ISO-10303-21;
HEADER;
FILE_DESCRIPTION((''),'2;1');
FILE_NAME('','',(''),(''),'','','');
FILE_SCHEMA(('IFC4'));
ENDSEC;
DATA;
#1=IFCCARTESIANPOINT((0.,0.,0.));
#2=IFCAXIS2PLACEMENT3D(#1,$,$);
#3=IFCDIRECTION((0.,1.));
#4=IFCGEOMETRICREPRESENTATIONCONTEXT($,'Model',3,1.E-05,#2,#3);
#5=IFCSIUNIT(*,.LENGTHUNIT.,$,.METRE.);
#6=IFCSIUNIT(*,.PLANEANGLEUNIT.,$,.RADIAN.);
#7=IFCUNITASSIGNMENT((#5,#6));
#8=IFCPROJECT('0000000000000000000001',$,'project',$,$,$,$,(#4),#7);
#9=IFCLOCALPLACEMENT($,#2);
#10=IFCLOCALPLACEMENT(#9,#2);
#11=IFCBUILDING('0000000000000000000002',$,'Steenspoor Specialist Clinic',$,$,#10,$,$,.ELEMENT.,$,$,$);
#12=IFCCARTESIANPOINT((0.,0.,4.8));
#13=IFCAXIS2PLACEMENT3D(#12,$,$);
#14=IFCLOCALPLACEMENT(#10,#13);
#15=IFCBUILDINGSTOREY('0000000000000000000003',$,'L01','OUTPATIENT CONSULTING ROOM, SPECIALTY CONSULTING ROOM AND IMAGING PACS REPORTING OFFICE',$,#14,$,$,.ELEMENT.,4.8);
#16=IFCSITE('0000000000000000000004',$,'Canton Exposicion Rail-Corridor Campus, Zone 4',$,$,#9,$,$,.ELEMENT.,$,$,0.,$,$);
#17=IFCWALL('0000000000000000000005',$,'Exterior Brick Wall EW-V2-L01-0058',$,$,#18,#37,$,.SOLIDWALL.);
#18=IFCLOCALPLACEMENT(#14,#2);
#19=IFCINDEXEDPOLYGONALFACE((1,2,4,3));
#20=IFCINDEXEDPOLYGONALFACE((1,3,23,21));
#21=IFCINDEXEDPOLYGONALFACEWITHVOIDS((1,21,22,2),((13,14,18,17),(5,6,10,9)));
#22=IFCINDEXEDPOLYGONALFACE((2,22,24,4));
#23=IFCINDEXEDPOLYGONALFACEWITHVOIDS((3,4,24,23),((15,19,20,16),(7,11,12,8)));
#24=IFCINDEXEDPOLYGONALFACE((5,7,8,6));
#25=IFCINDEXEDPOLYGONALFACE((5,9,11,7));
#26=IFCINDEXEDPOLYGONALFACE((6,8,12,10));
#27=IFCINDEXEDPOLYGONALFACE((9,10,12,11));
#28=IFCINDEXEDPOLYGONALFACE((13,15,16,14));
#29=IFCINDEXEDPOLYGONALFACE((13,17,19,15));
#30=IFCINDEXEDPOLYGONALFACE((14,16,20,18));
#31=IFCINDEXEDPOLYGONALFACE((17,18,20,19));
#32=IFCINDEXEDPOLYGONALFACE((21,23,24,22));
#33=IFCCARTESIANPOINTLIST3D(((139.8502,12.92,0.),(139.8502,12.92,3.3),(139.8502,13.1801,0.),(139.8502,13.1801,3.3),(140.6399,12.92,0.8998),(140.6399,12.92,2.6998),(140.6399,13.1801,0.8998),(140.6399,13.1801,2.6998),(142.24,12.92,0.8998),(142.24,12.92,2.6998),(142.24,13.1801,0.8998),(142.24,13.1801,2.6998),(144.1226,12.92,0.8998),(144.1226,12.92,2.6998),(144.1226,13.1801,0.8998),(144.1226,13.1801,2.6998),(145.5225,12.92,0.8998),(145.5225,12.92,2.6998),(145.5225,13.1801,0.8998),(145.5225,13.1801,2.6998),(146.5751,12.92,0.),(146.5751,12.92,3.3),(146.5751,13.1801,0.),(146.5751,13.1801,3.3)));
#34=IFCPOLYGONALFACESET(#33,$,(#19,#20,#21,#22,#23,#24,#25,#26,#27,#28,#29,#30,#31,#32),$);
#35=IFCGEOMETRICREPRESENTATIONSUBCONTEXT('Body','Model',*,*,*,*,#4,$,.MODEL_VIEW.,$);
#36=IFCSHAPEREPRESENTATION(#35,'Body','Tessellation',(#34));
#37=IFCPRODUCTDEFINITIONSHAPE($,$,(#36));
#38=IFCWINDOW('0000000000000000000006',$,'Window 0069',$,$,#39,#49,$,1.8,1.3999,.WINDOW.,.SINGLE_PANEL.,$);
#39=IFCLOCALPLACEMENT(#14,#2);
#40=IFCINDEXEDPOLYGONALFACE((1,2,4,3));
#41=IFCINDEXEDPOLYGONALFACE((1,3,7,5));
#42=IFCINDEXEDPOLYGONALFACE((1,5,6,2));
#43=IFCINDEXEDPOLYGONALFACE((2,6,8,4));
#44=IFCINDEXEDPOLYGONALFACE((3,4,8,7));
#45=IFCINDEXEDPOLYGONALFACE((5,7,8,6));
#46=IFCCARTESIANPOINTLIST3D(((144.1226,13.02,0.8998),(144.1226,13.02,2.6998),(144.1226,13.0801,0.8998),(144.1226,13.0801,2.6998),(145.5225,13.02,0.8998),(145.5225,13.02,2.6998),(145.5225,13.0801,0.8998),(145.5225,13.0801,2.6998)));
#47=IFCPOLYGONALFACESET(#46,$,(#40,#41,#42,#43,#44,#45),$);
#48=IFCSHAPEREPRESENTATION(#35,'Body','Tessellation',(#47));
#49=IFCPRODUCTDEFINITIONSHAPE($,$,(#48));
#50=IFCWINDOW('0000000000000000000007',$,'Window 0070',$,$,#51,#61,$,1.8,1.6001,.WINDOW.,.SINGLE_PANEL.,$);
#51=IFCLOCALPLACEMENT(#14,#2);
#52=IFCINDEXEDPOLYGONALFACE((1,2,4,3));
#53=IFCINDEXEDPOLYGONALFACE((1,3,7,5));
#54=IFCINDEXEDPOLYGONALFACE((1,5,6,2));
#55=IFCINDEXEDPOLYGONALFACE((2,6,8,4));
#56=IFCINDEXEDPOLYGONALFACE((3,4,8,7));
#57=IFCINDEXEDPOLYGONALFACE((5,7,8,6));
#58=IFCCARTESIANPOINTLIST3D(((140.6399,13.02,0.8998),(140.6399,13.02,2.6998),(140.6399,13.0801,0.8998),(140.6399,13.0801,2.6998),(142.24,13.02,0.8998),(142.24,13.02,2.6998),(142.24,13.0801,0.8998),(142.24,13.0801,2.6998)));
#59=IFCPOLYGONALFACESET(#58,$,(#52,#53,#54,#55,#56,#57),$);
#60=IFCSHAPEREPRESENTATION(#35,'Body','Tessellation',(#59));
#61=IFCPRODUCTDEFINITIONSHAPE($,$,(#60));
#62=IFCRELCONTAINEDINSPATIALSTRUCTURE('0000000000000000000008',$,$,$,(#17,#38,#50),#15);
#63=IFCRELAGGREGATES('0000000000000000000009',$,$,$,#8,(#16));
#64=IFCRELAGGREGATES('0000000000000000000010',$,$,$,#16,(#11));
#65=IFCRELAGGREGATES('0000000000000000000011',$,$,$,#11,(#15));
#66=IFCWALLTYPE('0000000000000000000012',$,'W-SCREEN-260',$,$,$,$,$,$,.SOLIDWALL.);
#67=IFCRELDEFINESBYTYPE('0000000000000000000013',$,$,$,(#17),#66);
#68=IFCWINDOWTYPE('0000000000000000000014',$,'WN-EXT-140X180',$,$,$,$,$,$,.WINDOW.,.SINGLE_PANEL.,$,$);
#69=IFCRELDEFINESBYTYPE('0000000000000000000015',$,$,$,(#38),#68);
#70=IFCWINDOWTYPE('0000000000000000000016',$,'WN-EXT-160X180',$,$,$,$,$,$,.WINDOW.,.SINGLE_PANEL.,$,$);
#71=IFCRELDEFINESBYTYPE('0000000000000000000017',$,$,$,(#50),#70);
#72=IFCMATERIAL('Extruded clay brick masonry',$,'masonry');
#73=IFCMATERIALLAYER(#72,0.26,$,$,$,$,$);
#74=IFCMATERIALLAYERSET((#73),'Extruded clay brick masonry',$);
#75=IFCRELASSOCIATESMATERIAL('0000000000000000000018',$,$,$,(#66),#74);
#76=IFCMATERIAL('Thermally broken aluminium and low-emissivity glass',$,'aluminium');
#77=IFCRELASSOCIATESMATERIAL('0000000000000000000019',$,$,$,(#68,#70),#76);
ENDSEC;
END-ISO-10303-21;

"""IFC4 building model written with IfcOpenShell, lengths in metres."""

from ifc_helpers import new_model, si_unit, direction, frame, frame_2d, origin, place, context, subcontext, project, spatial, rectangle, extrude, material, layer, layer_set, type_object, element, fill, save


model = new_model("IFC4")

# Units and contexts
model_context = context("Model", 3, precision=1e-05, world=origin(), true_north=direction((0.0, 1.0)))
body_context = subcontext(model_context, "Body", "Model", "MODEL_VIEW")
ifc_project = project(units=[si_unit("LENGTHUNIT", "METRE"), si_unit("PLANEANGLEUNIT", "RADIAN")], contexts=[model_context])

# Site, building, storey
site_placement = place(None, origin())
site = spatial("IfcSite", under=ifc_project, at=site_placement, Name="Canton Exposicion Rail-Corridor Campus, Zone 4", CompositionType="ELEMENT", RefElevation=0.0)
building_placement = place(site_placement, origin())
building = spatial("IfcBuilding", under=site, at=building_placement, Name="Steenspoor Specialist Clinic", CompositionType="ELEMENT")
storey_placement = place(building_placement, frame((0.0, 0.0, 4.8)))
storey = spatial("IfcBuildingStorey", under=building, at=storey_placement, Name="L01", Description="OUTPATIENT CONSULTING ROOM, SPECIALTY CONSULTING ROOM AND IMAGING PACS REPORTING OFFICE", CompositionType="ELEMENT", Elevation=4.8)

# Shared definitions
ifc_material_1 = material(Name="Thermally broken aluminium and low-emissivity glass", Category="aluminium")

# Wall, openings, windows
ifc_material_2 = material(Name="Extruded clay brick masonry", Category="masonry")
ifc_layer_1 = layer(ifc_material_2, 0.26)
ifc_layer_set_1 = layer_set([ifc_layer_1], Name="Extruded clay brick masonry")
wall_type_1 = type_object("IfcWallType", Name="W-SCREEN-260", PredefinedType="SOLIDWALL", material=ifc_layer_set_1)
wall_1_placement = place(storey_placement, frame((146.575, 13.05, 0.0), z_axis=(0.0, 0.0, 1.0), x_axis=(-1.0, 0.0, 0.0)))
wall_1 = element("IfcWall", 1, at=wall_1_placement, inside=storey, type_object=wall_type_1, Name="Exterior Brick Wall EW-V2-L01-0058", PredefinedType="SOLIDWALL", context=body_context, shape_type="SweptSolid", body=[
    extrude(rectangle(XDim=6.7249, YDim=0.26, at=frame_2d((3.3623, 0.0))), origin(), (0.0, 0.0, 1.0), 3.3),
])
opening_1_placement = place(wall_1_placement, frame((1.0525, 0.0, 0.8999)))
opening_1 = element("IfcOpeningElement", 2, at=opening_1_placement, cuts=wall_1, PredefinedType="OPENING", context=body_context, shape_type="SweptSolid", body=[
    extrude(rectangle(XDim=1.3999, YDim=1.8, at=frame_2d((0.7, 0.8999))), frame((0.0, 0.1401, 0.0), z_axis=(0.0, -1.0, 0.0), x_axis=(1.0, 0.0, 0.0)), (0.0, 0.0, 1.0), 0.28),
])
opening_2_placement = place(wall_1_placement, frame((4.335, 0.0, 0.8999)))
opening_2 = element("IfcOpeningElement", 3, at=opening_2_placement, cuts=wall_1, PredefinedType="OPENING", context=body_context, shape_type="SweptSolid", body=[
    extrude(rectangle(XDim=1.6001, YDim=1.8, at=frame_2d((0.8, 0.8999))), frame((0.0, 0.1401, 0.0), z_axis=(0.0, -1.0, 0.0), x_axis=(1.0, 0.0, 0.0)), (0.0, 0.0, 1.0), 0.28),
])
window_type_1 = type_object("IfcWindowType", Name="WN-EXT-140X180", PartitioningType="SINGLE_PANEL", PredefinedType="WINDOW", material=ifc_material_1)
window_1_placement = place(opening_1_placement, origin())
window_1 = element("IfcWindow", 4, at=window_1_placement, inside=storey, type_object=window_type_1, Name="Window 0069", OverallHeight=1.8, OverallWidth=1.3999, PartitioningType="SINGLE_PANEL", PredefinedType="WINDOW", context=body_context, shape_type="SweptSolid", body=[
    extrude(rectangle(XDim=1.3999, YDim=1.8, at=frame_2d((0.7, 0.8999))), frame((0.0, 0.03, 0.0), z_axis=(0.0, -1.0, 0.0), x_axis=(1.0, 0.0, 0.0)), (0.0, 0.0, 1.0), 0.0601),
])
fill(opening_1, window_1)
window_type_2 = type_object("IfcWindowType", Name="WN-EXT-160X180", PartitioningType="SINGLE_PANEL", PredefinedType="WINDOW", material=ifc_material_1)
window_2_placement = place(opening_2_placement, origin())
window_2 = element("IfcWindow", 5, at=window_2_placement, inside=storey, type_object=window_type_2, Name="Window 0070", OverallHeight=1.8, OverallWidth=1.6001, PartitioningType="SINGLE_PANEL", PredefinedType="WINDOW", context=body_context, shape_type="SweptSolid", body=[
    extrude(rectangle(XDim=1.6001, YDim=1.8, at=frame_2d((0.8, 0.8999))), frame((0.0, 0.03, 0.0), z_axis=(0.0, -1.0, 0.0), x_axis=(1.0, 0.0, 0.0)), (0.0, 0.0, 1.0), 0.0601),
])
fill(opening_2, window_2)

save(model, "model.ifc")
